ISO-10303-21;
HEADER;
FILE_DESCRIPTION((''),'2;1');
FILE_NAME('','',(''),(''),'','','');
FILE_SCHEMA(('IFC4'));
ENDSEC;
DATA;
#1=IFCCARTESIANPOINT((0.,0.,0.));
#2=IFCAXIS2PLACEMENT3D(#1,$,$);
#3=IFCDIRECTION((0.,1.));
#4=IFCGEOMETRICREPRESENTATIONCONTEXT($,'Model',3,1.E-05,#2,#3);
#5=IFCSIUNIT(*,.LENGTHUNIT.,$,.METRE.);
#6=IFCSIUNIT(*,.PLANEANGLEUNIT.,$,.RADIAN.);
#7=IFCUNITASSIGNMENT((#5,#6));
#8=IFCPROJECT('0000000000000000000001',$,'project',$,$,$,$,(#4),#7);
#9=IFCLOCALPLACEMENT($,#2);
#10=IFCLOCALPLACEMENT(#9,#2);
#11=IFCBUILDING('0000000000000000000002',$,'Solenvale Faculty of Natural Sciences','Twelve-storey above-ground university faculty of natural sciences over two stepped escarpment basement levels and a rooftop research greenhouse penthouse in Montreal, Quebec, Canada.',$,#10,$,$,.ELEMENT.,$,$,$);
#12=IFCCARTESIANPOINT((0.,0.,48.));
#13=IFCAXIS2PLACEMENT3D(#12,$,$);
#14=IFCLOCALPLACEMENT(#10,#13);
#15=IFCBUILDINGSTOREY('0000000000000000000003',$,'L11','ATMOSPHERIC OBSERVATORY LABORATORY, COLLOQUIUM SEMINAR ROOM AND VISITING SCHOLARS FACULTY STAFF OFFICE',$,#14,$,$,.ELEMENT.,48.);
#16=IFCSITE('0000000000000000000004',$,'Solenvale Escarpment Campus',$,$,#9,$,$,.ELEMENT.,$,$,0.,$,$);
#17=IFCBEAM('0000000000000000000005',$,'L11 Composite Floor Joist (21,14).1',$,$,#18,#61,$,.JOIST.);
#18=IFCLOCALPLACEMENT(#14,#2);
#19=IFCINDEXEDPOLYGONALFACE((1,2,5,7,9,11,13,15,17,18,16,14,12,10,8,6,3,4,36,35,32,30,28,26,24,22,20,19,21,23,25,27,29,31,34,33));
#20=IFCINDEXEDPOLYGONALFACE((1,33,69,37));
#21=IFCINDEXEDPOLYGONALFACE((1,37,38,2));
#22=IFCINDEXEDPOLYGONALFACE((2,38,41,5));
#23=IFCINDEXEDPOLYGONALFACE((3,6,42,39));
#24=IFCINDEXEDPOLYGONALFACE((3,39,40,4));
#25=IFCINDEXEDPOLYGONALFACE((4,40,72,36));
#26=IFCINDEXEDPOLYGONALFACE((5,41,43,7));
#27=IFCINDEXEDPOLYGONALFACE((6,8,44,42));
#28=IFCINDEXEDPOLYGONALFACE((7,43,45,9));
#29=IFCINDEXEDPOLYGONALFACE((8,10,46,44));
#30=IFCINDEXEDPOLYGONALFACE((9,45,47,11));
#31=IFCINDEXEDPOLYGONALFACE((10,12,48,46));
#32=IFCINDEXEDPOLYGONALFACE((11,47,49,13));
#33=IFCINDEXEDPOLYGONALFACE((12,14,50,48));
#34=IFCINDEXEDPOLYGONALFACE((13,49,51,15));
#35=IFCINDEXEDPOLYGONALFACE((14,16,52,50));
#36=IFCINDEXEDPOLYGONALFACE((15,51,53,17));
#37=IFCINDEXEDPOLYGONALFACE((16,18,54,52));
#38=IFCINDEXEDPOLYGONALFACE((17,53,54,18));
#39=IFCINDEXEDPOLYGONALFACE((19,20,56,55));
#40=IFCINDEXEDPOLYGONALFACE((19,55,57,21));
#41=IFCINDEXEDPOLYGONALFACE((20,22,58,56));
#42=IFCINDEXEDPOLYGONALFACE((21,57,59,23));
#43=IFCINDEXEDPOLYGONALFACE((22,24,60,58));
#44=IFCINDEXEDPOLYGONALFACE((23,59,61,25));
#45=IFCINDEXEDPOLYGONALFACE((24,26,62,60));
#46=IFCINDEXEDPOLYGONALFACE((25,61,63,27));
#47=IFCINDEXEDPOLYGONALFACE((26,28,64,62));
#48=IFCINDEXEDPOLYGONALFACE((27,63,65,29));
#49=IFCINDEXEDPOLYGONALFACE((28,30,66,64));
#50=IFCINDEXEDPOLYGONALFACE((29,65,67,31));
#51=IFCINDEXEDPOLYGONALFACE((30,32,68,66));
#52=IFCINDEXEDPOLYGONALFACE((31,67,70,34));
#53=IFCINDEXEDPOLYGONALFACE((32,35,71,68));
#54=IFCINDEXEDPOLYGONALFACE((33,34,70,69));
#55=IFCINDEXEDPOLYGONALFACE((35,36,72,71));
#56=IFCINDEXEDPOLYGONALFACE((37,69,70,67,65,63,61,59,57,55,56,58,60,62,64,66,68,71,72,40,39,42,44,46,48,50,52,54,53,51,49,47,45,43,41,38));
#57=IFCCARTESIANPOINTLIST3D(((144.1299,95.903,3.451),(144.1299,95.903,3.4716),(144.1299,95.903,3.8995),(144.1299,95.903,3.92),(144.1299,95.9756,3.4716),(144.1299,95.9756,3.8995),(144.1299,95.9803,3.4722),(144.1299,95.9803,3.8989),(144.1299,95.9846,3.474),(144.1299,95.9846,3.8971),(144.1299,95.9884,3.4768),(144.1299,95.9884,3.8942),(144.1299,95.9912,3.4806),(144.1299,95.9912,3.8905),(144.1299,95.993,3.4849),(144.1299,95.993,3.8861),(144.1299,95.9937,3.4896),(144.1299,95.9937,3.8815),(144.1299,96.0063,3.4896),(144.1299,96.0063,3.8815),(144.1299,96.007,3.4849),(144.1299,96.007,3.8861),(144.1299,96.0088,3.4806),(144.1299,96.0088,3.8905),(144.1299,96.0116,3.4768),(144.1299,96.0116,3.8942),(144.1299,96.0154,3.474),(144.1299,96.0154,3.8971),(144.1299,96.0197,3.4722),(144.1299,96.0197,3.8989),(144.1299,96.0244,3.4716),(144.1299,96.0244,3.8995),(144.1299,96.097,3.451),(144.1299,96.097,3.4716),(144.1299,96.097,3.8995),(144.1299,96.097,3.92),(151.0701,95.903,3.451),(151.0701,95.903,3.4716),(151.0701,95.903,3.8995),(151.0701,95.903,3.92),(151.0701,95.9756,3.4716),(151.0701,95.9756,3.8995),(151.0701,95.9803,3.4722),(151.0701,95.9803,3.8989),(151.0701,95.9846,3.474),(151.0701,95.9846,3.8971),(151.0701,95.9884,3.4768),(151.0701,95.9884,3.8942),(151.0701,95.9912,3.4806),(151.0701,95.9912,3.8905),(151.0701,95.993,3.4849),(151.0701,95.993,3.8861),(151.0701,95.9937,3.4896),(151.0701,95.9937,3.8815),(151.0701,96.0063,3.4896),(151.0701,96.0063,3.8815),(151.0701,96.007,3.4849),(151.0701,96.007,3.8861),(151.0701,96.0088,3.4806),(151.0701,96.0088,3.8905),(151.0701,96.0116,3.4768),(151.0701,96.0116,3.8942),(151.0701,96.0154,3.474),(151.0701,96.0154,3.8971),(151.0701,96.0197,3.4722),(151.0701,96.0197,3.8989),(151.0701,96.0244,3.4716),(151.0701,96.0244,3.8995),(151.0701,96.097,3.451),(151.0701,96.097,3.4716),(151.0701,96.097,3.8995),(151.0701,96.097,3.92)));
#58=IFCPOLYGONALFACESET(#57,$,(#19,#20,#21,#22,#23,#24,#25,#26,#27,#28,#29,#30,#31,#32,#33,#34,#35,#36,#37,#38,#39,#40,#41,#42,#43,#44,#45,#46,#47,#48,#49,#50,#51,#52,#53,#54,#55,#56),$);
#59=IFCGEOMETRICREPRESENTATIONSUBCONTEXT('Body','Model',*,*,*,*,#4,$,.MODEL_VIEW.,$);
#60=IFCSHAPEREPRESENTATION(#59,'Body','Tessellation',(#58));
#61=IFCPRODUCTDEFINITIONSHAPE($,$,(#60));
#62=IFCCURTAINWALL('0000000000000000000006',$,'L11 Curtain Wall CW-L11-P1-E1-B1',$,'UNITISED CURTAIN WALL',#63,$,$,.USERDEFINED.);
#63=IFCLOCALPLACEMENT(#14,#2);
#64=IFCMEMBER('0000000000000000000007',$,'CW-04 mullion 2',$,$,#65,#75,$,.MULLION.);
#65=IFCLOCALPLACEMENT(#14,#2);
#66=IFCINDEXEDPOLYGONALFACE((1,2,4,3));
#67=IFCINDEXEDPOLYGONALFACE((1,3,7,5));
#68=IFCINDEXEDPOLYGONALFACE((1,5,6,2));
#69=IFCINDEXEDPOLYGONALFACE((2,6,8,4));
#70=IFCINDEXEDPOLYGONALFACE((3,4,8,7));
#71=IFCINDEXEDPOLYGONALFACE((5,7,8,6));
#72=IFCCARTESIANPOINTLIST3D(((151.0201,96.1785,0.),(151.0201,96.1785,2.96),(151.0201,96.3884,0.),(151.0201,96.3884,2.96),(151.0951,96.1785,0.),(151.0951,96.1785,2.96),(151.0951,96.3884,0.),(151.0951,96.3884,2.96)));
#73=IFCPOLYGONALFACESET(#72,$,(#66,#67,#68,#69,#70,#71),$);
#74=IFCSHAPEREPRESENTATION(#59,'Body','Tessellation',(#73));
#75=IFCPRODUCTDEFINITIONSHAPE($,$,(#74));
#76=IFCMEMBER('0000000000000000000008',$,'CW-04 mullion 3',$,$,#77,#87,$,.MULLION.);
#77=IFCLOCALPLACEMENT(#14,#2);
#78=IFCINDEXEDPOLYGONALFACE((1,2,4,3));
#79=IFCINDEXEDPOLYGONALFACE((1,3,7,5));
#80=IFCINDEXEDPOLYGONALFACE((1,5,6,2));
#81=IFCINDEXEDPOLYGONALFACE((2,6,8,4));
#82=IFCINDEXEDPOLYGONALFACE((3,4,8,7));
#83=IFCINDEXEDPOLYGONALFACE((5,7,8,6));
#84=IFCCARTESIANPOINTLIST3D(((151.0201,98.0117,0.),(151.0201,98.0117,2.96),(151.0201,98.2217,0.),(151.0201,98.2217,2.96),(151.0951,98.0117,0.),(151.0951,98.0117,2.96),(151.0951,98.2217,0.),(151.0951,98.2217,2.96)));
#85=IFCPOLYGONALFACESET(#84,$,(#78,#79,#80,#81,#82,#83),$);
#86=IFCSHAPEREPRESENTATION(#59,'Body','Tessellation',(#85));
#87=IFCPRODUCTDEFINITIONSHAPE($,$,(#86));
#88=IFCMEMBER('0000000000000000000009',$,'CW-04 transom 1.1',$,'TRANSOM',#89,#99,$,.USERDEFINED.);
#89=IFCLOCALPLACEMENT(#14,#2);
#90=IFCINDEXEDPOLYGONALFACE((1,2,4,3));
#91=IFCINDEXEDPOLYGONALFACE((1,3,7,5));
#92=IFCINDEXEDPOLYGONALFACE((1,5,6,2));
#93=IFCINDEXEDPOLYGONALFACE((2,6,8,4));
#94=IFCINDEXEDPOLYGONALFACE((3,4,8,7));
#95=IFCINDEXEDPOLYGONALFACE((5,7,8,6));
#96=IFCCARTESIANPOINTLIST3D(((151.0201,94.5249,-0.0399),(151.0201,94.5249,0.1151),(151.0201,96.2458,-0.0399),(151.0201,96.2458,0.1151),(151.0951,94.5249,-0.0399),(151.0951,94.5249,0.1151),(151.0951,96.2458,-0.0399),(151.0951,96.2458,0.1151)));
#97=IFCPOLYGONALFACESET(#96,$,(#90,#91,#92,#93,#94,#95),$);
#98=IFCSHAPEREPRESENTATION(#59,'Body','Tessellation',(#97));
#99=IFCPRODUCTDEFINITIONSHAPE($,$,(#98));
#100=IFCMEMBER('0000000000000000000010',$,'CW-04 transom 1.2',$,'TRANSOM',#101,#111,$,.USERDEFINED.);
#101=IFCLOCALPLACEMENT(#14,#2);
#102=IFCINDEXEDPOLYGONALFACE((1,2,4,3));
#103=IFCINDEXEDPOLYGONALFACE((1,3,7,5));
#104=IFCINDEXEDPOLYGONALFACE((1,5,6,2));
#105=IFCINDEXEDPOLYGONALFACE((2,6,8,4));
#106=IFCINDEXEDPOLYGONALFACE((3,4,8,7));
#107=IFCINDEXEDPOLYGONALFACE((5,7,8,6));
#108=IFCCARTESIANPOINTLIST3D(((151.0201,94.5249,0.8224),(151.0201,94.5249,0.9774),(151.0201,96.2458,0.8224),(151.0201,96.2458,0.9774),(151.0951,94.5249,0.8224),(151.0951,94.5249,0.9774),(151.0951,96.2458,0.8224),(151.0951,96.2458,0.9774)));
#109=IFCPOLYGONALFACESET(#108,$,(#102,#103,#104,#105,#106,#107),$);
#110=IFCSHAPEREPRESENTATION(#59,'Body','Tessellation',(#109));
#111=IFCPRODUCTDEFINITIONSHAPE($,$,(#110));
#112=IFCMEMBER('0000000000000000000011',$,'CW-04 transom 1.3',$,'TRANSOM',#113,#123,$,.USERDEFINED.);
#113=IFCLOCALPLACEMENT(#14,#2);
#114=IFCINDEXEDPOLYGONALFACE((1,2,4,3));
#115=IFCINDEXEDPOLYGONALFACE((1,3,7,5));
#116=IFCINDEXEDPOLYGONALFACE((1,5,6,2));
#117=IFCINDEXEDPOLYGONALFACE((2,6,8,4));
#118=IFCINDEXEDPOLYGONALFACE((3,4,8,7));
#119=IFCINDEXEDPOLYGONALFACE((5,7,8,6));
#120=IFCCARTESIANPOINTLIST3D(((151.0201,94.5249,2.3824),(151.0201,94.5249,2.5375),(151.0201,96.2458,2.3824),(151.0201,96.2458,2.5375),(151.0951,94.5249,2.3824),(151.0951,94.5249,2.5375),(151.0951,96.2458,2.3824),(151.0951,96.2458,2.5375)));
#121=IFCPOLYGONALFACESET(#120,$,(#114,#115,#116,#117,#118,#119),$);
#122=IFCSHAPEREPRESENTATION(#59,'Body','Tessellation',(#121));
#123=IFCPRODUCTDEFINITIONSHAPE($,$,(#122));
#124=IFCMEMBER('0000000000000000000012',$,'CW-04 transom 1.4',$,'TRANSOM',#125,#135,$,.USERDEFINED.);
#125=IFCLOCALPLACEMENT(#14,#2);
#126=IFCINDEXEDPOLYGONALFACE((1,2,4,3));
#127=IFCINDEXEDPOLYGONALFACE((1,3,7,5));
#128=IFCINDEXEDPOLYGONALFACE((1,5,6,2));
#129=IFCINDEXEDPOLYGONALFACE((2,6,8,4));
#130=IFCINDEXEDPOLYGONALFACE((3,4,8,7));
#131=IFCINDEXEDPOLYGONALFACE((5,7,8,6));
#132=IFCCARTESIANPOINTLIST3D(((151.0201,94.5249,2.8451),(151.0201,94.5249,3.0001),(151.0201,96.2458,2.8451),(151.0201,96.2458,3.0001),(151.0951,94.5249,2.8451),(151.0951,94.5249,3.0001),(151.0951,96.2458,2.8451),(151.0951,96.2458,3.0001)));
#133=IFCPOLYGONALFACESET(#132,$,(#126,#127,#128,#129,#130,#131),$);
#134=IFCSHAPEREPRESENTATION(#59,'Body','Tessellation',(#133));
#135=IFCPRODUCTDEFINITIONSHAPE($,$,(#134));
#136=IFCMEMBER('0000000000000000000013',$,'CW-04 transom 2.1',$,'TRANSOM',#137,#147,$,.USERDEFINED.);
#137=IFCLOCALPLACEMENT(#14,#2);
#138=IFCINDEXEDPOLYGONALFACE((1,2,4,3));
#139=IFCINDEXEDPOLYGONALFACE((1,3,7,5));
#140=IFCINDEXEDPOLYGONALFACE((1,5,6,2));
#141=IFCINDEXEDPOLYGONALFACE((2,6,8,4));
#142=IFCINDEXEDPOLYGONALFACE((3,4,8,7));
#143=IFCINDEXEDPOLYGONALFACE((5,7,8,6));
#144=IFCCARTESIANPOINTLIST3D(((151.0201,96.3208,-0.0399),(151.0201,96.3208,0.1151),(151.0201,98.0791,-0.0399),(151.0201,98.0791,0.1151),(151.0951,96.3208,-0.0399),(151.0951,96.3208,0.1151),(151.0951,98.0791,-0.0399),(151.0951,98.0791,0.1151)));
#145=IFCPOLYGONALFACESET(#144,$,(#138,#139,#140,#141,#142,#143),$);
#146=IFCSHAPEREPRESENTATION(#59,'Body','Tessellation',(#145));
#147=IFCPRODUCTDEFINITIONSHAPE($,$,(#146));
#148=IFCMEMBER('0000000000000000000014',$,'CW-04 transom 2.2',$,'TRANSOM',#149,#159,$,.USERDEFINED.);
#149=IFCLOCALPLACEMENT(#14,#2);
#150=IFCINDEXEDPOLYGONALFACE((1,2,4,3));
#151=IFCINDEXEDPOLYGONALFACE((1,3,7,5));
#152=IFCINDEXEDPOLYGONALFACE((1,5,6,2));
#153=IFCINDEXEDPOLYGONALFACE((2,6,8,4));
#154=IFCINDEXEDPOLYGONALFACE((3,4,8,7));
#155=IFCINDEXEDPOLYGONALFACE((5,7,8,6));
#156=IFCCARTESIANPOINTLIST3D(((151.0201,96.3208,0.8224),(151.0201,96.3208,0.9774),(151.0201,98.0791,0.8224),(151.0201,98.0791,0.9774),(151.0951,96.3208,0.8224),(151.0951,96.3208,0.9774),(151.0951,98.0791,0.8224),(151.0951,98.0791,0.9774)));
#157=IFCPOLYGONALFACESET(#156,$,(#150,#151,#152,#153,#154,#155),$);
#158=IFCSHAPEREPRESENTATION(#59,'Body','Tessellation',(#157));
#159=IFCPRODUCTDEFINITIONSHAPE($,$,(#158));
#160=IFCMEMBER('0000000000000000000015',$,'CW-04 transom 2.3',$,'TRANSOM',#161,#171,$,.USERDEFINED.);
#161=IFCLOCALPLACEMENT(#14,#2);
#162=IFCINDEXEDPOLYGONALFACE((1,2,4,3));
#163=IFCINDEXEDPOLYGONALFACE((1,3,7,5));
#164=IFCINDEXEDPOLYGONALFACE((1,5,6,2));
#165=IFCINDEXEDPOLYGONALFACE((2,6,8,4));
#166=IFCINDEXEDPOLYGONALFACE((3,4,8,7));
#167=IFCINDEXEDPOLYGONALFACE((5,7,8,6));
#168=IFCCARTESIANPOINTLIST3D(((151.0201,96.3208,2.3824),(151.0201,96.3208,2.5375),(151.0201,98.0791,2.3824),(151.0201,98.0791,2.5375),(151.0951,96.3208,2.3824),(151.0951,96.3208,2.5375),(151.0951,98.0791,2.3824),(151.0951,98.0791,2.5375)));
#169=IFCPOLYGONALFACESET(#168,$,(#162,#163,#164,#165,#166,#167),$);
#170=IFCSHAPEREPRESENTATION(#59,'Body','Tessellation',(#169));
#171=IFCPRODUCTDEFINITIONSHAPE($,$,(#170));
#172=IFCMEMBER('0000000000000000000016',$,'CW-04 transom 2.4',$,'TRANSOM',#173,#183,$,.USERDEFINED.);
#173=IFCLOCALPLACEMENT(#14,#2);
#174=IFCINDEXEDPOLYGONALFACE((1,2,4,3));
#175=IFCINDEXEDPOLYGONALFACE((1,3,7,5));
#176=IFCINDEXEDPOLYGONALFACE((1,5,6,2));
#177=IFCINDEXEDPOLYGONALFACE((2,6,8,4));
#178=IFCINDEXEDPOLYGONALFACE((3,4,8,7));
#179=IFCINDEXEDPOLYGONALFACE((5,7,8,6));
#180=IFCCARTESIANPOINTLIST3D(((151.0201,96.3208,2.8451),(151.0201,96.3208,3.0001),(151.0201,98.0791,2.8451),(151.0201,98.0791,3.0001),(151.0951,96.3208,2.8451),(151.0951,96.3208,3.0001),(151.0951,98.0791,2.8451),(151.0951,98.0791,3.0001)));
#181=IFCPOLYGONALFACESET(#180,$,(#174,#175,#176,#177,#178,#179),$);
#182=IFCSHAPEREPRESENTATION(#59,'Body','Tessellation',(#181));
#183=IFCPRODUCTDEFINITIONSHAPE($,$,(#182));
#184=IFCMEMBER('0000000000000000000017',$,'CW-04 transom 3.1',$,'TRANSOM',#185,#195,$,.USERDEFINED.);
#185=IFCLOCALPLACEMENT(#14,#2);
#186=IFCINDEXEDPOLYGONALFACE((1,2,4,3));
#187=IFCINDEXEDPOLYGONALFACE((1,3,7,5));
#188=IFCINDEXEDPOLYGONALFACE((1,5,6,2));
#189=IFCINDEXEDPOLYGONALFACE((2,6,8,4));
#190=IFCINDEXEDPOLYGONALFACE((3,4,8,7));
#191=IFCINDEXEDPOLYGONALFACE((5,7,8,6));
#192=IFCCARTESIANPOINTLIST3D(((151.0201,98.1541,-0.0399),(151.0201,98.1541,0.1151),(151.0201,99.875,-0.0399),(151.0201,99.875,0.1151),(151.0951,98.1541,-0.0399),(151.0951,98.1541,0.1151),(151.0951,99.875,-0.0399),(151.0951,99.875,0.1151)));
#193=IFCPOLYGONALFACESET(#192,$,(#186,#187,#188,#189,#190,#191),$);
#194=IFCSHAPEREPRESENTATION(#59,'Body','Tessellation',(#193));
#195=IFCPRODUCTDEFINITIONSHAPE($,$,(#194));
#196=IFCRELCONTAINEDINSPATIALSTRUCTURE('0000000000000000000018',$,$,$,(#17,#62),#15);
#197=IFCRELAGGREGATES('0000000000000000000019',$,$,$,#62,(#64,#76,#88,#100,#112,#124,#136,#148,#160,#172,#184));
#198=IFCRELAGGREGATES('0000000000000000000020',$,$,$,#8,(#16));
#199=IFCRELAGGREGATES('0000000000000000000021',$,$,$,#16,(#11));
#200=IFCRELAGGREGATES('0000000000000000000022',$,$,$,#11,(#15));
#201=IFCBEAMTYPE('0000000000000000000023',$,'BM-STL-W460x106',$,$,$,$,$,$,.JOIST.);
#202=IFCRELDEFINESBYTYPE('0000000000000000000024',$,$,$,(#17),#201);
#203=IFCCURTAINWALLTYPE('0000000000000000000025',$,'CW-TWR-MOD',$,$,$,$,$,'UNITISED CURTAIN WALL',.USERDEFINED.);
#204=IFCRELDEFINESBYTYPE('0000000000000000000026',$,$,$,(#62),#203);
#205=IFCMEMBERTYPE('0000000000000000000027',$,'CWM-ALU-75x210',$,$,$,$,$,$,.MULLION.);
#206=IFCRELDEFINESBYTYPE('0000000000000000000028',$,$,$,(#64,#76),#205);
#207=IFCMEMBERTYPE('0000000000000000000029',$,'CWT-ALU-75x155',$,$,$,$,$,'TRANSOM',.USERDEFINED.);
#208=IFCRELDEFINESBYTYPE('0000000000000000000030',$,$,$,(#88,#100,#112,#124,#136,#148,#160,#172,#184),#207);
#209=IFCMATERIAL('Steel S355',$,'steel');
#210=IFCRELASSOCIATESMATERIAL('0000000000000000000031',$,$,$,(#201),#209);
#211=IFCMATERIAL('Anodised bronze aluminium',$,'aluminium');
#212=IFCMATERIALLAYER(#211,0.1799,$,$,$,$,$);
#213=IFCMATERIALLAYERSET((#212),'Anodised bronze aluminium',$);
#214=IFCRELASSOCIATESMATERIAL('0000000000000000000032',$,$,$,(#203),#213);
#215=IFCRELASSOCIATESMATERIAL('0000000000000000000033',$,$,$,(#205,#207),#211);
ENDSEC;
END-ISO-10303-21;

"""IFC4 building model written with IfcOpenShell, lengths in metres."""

from ifc_helpers import new_model, si_unit, direction, frame, origin, origin_2d, place, context, subcontext, project, spatial, rectangle, i_section, extrude, material, layer, layer_set, material_profile, profile_set, type_object, element, aggregate, save


model = new_model("IFC4")

# Units and contexts
model_context = context("Model", 3, precision=1e-05, world=origin(), true_north=direction((0.0, 1.0)))
body_context = subcontext(model_context, "Body", "Model", "MODEL_VIEW")
ifc_project = project(units=[si_unit("LENGTHUNIT", "METRE"), si_unit("PLANEANGLEUNIT", "RADIAN")], contexts=[model_context])

# Site, building, storey
site_placement = place(None, origin())
site = spatial("IfcSite", under=ifc_project, at=site_placement, Name="Solenvale Escarpment Campus", CompositionType="ELEMENT", RefElevation=0.0)
building_placement = place(site_placement, origin())
building = spatial("IfcBuilding", under=site, at=building_placement, Name="Solenvale Faculty of Natural Sciences", Description="Twelve-storey above-ground university faculty of natural sciences over two stepped escarpment basement levels and a rooftop research greenhouse penthouse in Montreal, Quebec, Canada.", CompositionType="ELEMENT")
storey_placement = place(building_placement, frame((0.0, 0.0, 48.0)))
storey = spatial("IfcBuildingStorey", under=building, at=storey_placement, Name="L11", Description="ATMOSPHERIC OBSERVATORY LABORATORY, COLLOQUIUM SEMINAR ROOM AND VISITING SCHOLARS FACULTY STAFF OFFICE", CompositionType="ELEMENT", Elevation=48.0)

# Beam
ifc_material_1 = material(Name="Steel S355", Category="steel")
ifc_material_profile_1 = material_profile(ifc_material_1, i_section(OverallWidth=0.1941, OverallDepth=0.469, WebThickness=0.0127, FlangeThickness=0.0205, FilletRadius=0.0181, at=origin_2d()), Name="W460x106")
ifc_profile_set_1 = profile_set([ifc_material_profile_1], Name="Steel S355")
beam_type = type_object("IfcBeamType", Name="BM-STL-W460x106", PredefinedType="JOIST", material=ifc_profile_set_1)
beam_placement = place(storey_placement, frame((144.1299, 96.0, 3.6855), z_axis=(1.0, 0.0, 0.0), x_axis=(0.0, 1.0, 0.0)))
element("IfcBeam", 1, at=beam_placement, inside=storey, type_object=beam_type, Name="L11 Composite Floor Joist (21,14).1", PredefinedType="JOIST", context=body_context, shape_type="SweptSolid", body=[
    extrude(i_section(OverallWidth=0.1941, OverallDepth=0.469, WebThickness=0.0127, FlangeThickness=0.0205, FilletRadius=0.0181, at=origin_2d()), origin(), (0.0, 0.0, 1.0), 6.9402),
])

# Curtain wall, members
ifc_material_2 = material(Name="Anodised bronze aluminium", Category="aluminium")
ifc_layer_1 = layer(ifc_material_2, 0.1799)
ifc_layer_set_1 = layer_set([ifc_layer_1], Name="Anodised bronze aluminium")
curtain_wall_type = type_object("IfcCurtainWallType", Name="CW-TWR-MOD", ElementType="UNITISED CURTAIN WALL", PredefinedType="USERDEFINED", material=ifc_layer_set_1)
curtain_wall_placement = place(storey_placement, origin())
curtain_wall = element("IfcCurtainWall", 2, at=curtain_wall_placement, inside=storey, type_object=curtain_wall_type, Name="L11 Curtain Wall CW-L11-P1-E1-B1", ObjectType="UNITISED CURTAIN WALL", PredefinedType="USERDEFINED")
ifc_material_profile_2 = material_profile(ifc_material_2, rectangle(XDim=0.075, YDim=0.21, at=origin_2d()), Name="ALU-MUL-75x210")
ifc_profile_set_2 = profile_set([ifc_material_profile_2], Name="Anodised bronze aluminium")
member_type_1 = type_object("IfcMemberType", Name="CWM-ALU-75x210", PredefinedType="MULLION", material=ifc_profile_set_2)
member_1_placement = place(storey_placement, frame((151.0576, 96.2834, 0.0), z_axis=(0.0, 0.0, 1.0), x_axis=(-1.0, 0.0, 0.0)))
member_1 = element("IfcMember", 3, at=member_1_placement, type_object=member_type_1, Name="CW-04 mullion 2", PredefinedType="MULLION", context=body_context, shape_type="SweptSolid", body=[
    extrude(rectangle(XDim=0.075, YDim=0.21, at=origin_2d()), origin(), (0.0, 0.0, 1.0), 2.96),
])
member_2_placement = place(storey_placement, frame((151.0576, 98.1167, 0.0), z_axis=(0.0, 0.0, 1.0), x_axis=(-1.0, 0.0, 0.0)))
member_2 = element("IfcMember", 4, at=member_2_placement, type_object=member_type_1, Name="CW-04 mullion 3", PredefinedType="MULLION", context=body_context, shape_type="SweptSolid", body=[
    extrude(rectangle(XDim=0.075, YDim=0.21, at=origin_2d()), origin(), (0.0, 0.0, 1.0), 2.96),
])
ifc_material_profile_3 = material_profile(ifc_material_2, rectangle(XDim=0.075, YDim=0.155, at=origin_2d()), Name="ALU-TRN-75x155")
ifc_profile_set_3 = profile_set([ifc_material_profile_3], Name="Anodised bronze aluminium")
member_type_2 = type_object("IfcMemberType", Name="CWT-ALU-75x155", ElementType="TRANSOM", PredefinedType="USERDEFINED", material=ifc_profile_set_3)
member_3_placement = place(storey_placement, frame((151.0576, 94.5249, 0.0376), z_axis=(0.0, 1.0, 0.0), x_axis=(-1.0, 0.0, 0.0)))
member_3 = element("IfcMember", 5, at=member_3_placement, type_object=member_type_2, Name="CW-04 transom 1.1", ObjectType="TRANSOM", PredefinedType="USERDEFINED", context=body_context, shape_type="SweptSolid", body=[
    extrude(rectangle(XDim=0.075, YDim=0.155, at=origin_2d()), origin(), (0.0, 0.0, 1.0), 1.7209),
])
member_4_placement = place(storey_placement, frame((151.0576, 94.5249, 0.8999), z_axis=(0.0, 1.0, 0.0), x_axis=(-1.0, 0.0, 0.0)))
member_4 = element("IfcMember", 6, at=member_4_placement, type_object=member_type_2, Name="CW-04 transom 1.2", ObjectType="TRANSOM", PredefinedType="USERDEFINED", context=body_context, shape_type="SweptSolid", body=[
    extrude(rectangle(XDim=0.075, YDim=0.155, at=origin_2d()), origin(), (0.0, 0.0, 1.0), 1.7209),
])
member_5_placement = place(storey_placement, frame((151.0576, 94.5249, 2.46), z_axis=(0.0, 1.0, 0.0), x_axis=(-1.0, 0.0, 0.0)))
member_5 = element("IfcMember", 7, at=member_5_placement, type_object=member_type_2, Name="CW-04 transom 1.3", ObjectType="TRANSOM", PredefinedType="USERDEFINED", context=body_context, shape_type="SweptSolid", body=[
    extrude(rectangle(XDim=0.075, YDim=0.155, at=origin_2d()), origin(), (0.0, 0.0, 1.0), 1.7209),
])
member_6_placement = place(storey_placement, frame((151.0576, 94.5249, 2.9226), z_axis=(0.0, 1.0, 0.0), x_axis=(-1.0, 0.0, 0.0)))
member_6 = element("IfcMember", 8, at=member_6_placement, type_object=member_type_2, Name="CW-04 transom 1.4", ObjectType="TRANSOM", PredefinedType="USERDEFINED", context=body_context, shape_type="SweptSolid", body=[
    extrude(rectangle(XDim=0.075, YDim=0.155, at=origin_2d()), origin(), (0.0, 0.0, 1.0), 1.7209),
])
member_7_placement = place(storey_placement, frame((151.0576, 96.3208, 0.0376), z_axis=(0.0, 1.0, 0.0), x_axis=(-1.0, 0.0, 0.0)))
member_7 = element("IfcMember", 9, at=member_7_placement, type_object=member_type_2, Name="CW-04 transom 2.1", ObjectType="TRANSOM", PredefinedType="USERDEFINED", context=body_context, shape_type="SweptSolid", body=[
    extrude(rectangle(XDim=0.075, YDim=0.155, at=origin_2d()), origin(), (0.0, 0.0, 1.0), 1.7583),
])
member_8_placement = place(storey_placement, frame((151.0576, 96.3208, 0.8999), z_axis=(0.0, 1.0, 0.0), x_axis=(-1.0, 0.0, 0.0)))
member_8 = element("IfcMember", 10, at=member_8_placement, type_object=member_type_2, Name="CW-04 transom 2.2", ObjectType="TRANSOM", PredefinedType="USERDEFINED", context=body_context, shape_type="SweptSolid", body=[
    extrude(rectangle(XDim=0.075, YDim=0.155, at=origin_2d()), origin(), (0.0, 0.0, 1.0), 1.7583),
])
member_9_placement = place(storey_placement, frame((151.0576, 96.3208, 2.46), z_axis=(0.0, 1.0, 0.0), x_axis=(-1.0, 0.0, 0.0)))
member_9 = element("IfcMember", 11, at=member_9_placement, type_object=member_type_2, Name="CW-04 transom 2.3", ObjectType="TRANSOM", PredefinedType="USERDEFINED", context=body_context, shape_type="SweptSolid", body=[
    extrude(rectangle(XDim=0.075, YDim=0.155, at=origin_2d()), origin(), (0.0, 0.0, 1.0), 1.7583),
])
member_10_placement = place(storey_placement, frame((151.0576, 96.3208, 2.9226), z_axis=(0.0, 1.0, 0.0), x_axis=(-1.0, 0.0, 0.0)))
member_10 = element("IfcMember", 12, at=member_10_placement, type_object=member_type_2, Name="CW-04 transom 2.4", ObjectType="TRANSOM", PredefinedType="USERDEFINED", context=body_context, shape_type="SweptSolid", body=[
    extrude(rectangle(XDim=0.075, YDim=0.155, at=origin_2d()), origin(), (0.0, 0.0, 1.0), 1.7583),
])
member_11_placement = place(storey_placement, frame((151.0576, 98.1541, 0.0376), z_axis=(0.0, 1.0, 0.0), x_axis=(-1.0, 0.0, 0.0)))
member_11 = element("IfcMember", 13, at=member_11_placement, type_object=member_type_2, Name="CW-04 transom 3.1", ObjectType="TRANSOM", PredefinedType="USERDEFINED", context=body_context, shape_type="SweptSolid", body=[
    extrude(rectangle(XDim=0.075, YDim=0.155, at=origin_2d()), origin(), (0.0, 0.0, 1.0), 1.7209),
])
aggregate(curtain_wall, [member_1, member_2, member_3, member_4, member_5, member_6, member_7, member_8, member_9, member_10, member_11])

save(model, "model.ifc")
